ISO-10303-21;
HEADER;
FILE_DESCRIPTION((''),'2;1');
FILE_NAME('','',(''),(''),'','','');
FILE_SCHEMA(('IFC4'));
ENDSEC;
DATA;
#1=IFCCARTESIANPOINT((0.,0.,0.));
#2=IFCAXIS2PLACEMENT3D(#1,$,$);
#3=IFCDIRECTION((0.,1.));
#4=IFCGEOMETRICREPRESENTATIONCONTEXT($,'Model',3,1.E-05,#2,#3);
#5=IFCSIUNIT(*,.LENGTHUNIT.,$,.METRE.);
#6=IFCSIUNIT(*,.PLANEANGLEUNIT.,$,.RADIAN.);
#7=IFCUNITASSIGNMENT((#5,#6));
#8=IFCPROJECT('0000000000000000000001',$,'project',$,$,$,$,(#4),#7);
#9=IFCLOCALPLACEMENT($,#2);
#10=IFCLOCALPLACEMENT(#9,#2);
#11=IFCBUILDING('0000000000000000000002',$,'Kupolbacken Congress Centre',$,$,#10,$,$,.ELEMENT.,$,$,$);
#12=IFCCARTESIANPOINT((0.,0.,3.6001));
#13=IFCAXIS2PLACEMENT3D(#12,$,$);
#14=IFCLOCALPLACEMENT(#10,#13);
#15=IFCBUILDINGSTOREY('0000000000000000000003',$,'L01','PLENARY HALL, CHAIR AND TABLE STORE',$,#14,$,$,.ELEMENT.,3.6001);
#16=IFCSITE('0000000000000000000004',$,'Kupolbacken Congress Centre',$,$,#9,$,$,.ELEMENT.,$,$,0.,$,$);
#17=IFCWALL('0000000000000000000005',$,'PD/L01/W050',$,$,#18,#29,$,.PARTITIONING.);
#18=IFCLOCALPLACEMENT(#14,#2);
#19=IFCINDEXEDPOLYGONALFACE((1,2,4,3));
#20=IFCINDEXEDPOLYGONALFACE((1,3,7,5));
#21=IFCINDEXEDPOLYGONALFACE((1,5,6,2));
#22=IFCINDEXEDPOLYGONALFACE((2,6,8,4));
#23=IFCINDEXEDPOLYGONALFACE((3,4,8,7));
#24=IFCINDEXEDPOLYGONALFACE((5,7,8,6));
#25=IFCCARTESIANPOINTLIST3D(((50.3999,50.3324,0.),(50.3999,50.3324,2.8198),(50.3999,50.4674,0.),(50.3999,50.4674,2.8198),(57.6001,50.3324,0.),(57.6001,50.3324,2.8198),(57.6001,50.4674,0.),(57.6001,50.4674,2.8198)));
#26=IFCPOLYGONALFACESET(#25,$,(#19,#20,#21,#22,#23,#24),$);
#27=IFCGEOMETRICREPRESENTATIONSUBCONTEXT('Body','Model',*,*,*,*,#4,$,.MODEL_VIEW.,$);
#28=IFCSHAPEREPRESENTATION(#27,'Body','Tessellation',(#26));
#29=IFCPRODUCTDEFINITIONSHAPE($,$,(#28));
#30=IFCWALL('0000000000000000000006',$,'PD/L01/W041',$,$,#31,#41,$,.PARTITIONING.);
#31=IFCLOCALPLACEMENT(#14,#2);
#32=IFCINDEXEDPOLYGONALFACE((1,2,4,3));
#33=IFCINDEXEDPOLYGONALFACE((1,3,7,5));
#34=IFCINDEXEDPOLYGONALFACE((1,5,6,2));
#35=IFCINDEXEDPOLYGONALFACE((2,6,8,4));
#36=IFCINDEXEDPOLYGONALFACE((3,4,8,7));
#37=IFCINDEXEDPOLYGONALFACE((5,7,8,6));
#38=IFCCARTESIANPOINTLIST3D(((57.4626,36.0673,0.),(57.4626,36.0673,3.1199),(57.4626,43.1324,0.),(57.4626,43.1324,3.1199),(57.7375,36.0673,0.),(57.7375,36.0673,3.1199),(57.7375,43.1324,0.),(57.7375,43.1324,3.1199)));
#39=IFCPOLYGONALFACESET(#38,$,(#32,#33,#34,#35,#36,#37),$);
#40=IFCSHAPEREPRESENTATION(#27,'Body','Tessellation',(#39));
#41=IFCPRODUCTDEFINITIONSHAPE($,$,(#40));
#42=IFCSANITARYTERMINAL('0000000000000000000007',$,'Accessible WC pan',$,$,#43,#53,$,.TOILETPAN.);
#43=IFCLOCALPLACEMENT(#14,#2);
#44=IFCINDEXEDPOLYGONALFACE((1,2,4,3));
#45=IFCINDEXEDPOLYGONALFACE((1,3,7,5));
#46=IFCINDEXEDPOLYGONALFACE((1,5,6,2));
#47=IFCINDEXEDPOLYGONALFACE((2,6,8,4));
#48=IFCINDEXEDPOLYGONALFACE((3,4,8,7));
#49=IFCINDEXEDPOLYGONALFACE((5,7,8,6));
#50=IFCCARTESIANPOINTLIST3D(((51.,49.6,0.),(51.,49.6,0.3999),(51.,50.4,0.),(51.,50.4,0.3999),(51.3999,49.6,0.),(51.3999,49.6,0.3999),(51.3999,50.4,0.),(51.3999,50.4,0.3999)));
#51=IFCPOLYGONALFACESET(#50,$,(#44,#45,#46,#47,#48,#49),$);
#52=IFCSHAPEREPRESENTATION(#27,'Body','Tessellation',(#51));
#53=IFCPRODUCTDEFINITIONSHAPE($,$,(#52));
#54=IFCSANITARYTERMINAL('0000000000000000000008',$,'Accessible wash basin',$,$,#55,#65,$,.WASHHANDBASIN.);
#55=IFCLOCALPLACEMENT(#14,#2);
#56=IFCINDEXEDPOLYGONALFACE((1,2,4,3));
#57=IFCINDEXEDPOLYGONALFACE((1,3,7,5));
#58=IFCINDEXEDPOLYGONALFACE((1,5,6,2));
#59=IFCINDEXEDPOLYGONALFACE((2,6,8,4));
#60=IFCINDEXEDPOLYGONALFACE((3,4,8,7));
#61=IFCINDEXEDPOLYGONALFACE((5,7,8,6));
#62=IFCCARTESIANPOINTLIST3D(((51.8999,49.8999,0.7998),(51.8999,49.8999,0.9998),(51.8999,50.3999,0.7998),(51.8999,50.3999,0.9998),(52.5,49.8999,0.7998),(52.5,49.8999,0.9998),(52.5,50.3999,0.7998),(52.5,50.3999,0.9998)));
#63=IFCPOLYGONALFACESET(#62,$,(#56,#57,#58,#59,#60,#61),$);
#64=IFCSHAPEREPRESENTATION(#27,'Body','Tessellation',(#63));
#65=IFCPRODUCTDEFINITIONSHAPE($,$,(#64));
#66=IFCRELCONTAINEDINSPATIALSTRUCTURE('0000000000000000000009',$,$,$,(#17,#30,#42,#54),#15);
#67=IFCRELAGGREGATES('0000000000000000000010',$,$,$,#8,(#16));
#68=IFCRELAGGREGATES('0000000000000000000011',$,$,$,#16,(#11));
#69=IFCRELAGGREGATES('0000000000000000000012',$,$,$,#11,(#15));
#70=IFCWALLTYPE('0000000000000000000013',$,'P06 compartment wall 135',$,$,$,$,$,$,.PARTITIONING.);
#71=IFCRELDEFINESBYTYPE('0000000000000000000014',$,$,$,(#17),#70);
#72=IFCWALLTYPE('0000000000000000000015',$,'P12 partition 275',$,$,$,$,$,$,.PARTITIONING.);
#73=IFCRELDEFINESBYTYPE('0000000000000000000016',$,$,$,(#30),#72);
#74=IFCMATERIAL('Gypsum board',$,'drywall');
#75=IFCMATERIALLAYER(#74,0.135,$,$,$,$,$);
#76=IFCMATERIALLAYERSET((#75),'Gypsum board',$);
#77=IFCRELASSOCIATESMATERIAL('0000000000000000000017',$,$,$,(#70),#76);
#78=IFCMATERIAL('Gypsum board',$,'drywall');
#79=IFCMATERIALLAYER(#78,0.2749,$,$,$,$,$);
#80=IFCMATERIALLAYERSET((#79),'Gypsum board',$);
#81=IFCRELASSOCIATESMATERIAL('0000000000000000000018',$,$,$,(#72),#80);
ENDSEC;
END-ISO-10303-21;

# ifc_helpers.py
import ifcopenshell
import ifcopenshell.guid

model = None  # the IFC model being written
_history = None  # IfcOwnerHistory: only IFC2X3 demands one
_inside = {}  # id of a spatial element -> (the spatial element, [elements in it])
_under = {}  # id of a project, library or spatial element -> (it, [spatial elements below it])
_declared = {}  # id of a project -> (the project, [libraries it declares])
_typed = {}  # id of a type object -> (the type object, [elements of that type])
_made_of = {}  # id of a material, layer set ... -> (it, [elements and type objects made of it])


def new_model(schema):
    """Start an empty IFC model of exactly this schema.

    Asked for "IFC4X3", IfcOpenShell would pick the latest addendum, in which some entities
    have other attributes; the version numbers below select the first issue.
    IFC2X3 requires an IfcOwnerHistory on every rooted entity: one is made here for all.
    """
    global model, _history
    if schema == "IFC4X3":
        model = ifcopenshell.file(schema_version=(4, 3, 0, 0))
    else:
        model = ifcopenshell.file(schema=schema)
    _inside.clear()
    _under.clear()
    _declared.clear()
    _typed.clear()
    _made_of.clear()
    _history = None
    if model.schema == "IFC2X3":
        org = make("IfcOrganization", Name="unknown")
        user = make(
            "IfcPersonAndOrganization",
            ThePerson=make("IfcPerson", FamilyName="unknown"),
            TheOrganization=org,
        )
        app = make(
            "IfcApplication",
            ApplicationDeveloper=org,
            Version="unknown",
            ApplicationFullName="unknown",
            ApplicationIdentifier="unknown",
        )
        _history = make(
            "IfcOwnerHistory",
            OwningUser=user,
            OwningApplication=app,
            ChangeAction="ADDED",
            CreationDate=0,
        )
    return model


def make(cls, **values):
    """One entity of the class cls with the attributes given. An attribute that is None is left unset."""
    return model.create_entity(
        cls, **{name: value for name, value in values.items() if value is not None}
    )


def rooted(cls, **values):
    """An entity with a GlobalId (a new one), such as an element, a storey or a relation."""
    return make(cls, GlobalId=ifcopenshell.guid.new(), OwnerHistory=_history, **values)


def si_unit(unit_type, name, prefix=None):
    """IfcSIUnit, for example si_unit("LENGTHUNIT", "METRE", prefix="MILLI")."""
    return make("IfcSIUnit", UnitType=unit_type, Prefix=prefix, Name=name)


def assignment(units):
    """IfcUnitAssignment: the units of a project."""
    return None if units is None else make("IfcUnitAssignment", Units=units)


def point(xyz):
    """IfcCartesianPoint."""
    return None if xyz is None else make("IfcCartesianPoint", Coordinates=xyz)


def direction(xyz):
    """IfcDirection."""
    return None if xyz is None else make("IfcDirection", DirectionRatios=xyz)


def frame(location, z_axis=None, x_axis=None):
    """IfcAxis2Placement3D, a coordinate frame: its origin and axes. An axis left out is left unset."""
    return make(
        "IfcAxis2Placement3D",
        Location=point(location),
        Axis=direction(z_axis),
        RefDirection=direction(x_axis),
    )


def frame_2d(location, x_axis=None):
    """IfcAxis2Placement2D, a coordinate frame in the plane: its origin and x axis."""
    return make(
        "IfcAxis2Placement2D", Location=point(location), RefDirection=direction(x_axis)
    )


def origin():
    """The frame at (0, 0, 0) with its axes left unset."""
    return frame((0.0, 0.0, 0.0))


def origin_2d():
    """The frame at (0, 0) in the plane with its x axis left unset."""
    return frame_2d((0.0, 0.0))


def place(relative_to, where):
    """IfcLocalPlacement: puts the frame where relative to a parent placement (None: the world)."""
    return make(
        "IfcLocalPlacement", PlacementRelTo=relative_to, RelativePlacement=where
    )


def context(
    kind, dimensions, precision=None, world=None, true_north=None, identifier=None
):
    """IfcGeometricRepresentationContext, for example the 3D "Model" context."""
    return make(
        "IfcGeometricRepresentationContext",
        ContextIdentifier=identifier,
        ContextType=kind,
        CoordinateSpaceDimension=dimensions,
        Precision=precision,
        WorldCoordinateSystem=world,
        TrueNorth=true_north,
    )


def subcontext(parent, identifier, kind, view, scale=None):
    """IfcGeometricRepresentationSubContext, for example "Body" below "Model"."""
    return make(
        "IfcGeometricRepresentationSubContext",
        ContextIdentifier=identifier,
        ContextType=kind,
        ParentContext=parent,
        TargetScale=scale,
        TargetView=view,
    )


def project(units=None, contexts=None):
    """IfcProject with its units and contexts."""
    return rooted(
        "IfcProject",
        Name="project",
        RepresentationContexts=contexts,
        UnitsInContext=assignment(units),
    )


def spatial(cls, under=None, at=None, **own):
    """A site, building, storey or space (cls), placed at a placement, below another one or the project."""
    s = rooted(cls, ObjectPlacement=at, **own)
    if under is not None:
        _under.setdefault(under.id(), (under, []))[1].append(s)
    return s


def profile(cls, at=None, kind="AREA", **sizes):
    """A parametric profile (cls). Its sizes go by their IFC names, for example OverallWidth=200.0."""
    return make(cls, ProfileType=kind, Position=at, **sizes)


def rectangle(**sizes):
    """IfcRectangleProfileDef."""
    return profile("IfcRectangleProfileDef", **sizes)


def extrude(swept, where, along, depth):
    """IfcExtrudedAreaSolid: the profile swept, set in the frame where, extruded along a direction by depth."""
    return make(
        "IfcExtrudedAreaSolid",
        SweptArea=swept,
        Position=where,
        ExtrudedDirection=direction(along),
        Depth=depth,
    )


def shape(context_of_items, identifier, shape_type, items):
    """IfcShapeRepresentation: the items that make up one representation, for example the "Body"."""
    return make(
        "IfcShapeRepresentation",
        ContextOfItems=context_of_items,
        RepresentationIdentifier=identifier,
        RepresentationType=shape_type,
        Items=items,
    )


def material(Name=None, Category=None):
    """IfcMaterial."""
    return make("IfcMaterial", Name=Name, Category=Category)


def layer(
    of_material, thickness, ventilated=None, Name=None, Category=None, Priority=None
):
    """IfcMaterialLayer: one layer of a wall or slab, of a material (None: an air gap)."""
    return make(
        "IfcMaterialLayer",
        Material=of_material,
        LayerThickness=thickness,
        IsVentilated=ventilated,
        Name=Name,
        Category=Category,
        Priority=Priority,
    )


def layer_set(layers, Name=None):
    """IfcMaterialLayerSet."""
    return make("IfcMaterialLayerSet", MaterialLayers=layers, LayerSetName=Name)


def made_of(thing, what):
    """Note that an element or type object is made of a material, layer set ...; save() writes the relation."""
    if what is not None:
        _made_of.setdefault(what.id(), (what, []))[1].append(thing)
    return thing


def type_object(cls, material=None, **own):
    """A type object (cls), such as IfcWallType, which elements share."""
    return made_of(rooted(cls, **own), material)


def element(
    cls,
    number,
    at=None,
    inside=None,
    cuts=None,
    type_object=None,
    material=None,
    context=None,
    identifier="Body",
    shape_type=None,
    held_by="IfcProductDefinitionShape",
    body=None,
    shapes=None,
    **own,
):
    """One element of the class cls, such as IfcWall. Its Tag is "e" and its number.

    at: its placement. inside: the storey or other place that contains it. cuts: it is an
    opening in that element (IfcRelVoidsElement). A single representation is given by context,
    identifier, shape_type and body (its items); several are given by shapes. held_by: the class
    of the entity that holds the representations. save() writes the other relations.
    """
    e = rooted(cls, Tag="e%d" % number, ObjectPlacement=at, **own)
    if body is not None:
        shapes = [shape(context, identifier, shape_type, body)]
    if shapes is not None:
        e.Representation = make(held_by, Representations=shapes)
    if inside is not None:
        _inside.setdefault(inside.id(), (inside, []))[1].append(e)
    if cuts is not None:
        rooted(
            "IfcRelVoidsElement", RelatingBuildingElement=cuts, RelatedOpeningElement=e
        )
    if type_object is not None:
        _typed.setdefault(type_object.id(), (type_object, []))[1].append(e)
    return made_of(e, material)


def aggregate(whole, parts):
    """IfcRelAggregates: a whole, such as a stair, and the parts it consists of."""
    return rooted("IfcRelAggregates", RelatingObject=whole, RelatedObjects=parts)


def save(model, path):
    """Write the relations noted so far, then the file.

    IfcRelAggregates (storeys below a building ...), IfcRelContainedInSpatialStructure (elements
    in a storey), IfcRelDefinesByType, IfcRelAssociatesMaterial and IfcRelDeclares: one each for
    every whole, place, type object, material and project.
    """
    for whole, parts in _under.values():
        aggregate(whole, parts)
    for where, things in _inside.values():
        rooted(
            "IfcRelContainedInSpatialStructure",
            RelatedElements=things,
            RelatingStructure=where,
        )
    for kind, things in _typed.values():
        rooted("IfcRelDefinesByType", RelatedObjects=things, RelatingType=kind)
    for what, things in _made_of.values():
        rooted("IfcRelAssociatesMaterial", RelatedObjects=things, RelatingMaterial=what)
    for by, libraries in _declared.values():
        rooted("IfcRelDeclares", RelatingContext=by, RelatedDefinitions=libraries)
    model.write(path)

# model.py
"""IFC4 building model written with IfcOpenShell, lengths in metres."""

from ifc_helpers import new_model, si_unit, direction, frame, frame_2d, origin, origin_2d, place, context, subcontext, project, spatial, rectangle, extrude, material, layer, layer_set, type_object, element, save


model = new_model("IFC4")

# Units and contexts
model_context = context("Model", 3, precision=1e-05, world=origin(), true_north=direction((0.0, 1.0)))
body_context = subcontext(model_context, "Body", "Model", "MODEL_VIEW")
ifc_project = project(units=[si_unit("LENGTHUNIT", "METRE"), si_unit("PLANEANGLEUNIT", "RADIAN")], contexts=[model_context])

# Site, building, storey
site_placement = place(None, origin())
site = spatial("IfcSite", under=ifc_project, at=site_placement, Name="Kupolbacken Congress Centre", CompositionType="ELEMENT", RefElevation=0.0)
building_placement = place(site_placement, origin())
building = spatial("IfcBuilding", under=site, at=building_placement, Name="Kupolbacken Congress Centre", CompositionType="ELEMENT")
storey_placement = place(building_placement, frame((0.0, 0.0, 3.6001)))
storey = spatial("IfcBuildingStorey", under=building, at=storey_placement, Name="L01", Description="PLENARY HALL, CHAIR AND TABLE STORE", CompositionType="ELEMENT", Elevation=3.6001)

# Shared definitions
ifc_material_1 = material(Name="Gypsum board", Category="drywall")
ifc_layer_1 = layer(ifc_material_1, 0.135)
ifc_layer_set_1 = layer_set([ifc_layer_1], Name="Gypsum board")
wall_type_1 = type_object("IfcWallType", Name="P06 compartment wall 135", PredefinedType="PARTITIONING", material=ifc_layer_set_1)

# Walls
wall_1_placement = place(storey_placement, frame((50.3999, 50.3999, 0.0), z_axis=(0.0, 0.0, 1.0), x_axis=(1.0, 0.0, 0.0)))
element("IfcWall", 1, at=wall_1_placement, inside=storey, type_object=wall_type_1, Name="PD/L01/W050", PredefinedType="PARTITIONING", context=body_context, shape_type="SweptSolid", body=[
    extrude(rectangle(XDim=7.2002, YDim=0.135, at=frame_2d((3.6001, 0.0))), origin(), (0.0, 0.0, 1.0), 2.8198),
])
ifc_material_2 = material(Name="Gypsum board", Category="drywall")
ifc_layer_2 = layer(ifc_material_2, 0.2749)
ifc_layer_set_2 = layer_set([ifc_layer_2], Name="Gypsum board")
wall_type_2 = type_object("IfcWallType", Name="P12 partition 275", PredefinedType="PARTITIONING", material=ifc_layer_set_2)
wall_2_placement = place(storey_placement, frame((57.6001, 43.1326, 0.0), z_axis=(0.0, 0.0, 1.0), x_axis=(0.0, -1.0, 0.0)))
element("IfcWall", 2, at=wall_2_placement, inside=storey, type_object=wall_type_2, Name="PD/L01/W041", PredefinedType="PARTITIONING", context=body_context, shape_type="SweptSolid", body=[
    extrude(rectangle(XDim=7.0652, YDim=0.2749, at=frame_2d((3.5327, 0.0))), origin(), (0.0, 0.0, 1.0), 3.1199),
])

# Sanitary terminals
sanitary_terminal_1_placement = place(storey_placement, frame((51.2, 50.0, 0.0), z_axis=(0.0, 0.0, 1.0), x_axis=(1.0, 0.0, 0.0)))
element("IfcSanitaryTerminal", 3, at=sanitary_terminal_1_placement, inside=storey, Name="Accessible WC pan", PredefinedType="TOILETPAN", context=body_context, shape_type="SweptSolid", body=[
    extrude(rectangle(XDim=0.3999, YDim=0.8, at=origin_2d()), origin(), (0.0, 0.0, 1.0), 0.3999),
])
sanitary_terminal_2_placement = place(storey_placement, frame((52.2, 50.1499, 0.7998), z_axis=(0.0, 0.0, 1.0), x_axis=(1.0, 0.0, 0.0)))
element("IfcSanitaryTerminal", 4, at=sanitary_terminal_2_placement, inside=storey, Name="Accessible wash basin", PredefinedType="WASHHANDBASIN", context=body_context, shape_type="SweptSolid", body=[
    extrude(rectangle(XDim=0.6001, YDim=0.5, at=origin_2d()), origin(), (0.0, 0.0, 1.0), 0.2),
])

save(model, "model.ifc")
